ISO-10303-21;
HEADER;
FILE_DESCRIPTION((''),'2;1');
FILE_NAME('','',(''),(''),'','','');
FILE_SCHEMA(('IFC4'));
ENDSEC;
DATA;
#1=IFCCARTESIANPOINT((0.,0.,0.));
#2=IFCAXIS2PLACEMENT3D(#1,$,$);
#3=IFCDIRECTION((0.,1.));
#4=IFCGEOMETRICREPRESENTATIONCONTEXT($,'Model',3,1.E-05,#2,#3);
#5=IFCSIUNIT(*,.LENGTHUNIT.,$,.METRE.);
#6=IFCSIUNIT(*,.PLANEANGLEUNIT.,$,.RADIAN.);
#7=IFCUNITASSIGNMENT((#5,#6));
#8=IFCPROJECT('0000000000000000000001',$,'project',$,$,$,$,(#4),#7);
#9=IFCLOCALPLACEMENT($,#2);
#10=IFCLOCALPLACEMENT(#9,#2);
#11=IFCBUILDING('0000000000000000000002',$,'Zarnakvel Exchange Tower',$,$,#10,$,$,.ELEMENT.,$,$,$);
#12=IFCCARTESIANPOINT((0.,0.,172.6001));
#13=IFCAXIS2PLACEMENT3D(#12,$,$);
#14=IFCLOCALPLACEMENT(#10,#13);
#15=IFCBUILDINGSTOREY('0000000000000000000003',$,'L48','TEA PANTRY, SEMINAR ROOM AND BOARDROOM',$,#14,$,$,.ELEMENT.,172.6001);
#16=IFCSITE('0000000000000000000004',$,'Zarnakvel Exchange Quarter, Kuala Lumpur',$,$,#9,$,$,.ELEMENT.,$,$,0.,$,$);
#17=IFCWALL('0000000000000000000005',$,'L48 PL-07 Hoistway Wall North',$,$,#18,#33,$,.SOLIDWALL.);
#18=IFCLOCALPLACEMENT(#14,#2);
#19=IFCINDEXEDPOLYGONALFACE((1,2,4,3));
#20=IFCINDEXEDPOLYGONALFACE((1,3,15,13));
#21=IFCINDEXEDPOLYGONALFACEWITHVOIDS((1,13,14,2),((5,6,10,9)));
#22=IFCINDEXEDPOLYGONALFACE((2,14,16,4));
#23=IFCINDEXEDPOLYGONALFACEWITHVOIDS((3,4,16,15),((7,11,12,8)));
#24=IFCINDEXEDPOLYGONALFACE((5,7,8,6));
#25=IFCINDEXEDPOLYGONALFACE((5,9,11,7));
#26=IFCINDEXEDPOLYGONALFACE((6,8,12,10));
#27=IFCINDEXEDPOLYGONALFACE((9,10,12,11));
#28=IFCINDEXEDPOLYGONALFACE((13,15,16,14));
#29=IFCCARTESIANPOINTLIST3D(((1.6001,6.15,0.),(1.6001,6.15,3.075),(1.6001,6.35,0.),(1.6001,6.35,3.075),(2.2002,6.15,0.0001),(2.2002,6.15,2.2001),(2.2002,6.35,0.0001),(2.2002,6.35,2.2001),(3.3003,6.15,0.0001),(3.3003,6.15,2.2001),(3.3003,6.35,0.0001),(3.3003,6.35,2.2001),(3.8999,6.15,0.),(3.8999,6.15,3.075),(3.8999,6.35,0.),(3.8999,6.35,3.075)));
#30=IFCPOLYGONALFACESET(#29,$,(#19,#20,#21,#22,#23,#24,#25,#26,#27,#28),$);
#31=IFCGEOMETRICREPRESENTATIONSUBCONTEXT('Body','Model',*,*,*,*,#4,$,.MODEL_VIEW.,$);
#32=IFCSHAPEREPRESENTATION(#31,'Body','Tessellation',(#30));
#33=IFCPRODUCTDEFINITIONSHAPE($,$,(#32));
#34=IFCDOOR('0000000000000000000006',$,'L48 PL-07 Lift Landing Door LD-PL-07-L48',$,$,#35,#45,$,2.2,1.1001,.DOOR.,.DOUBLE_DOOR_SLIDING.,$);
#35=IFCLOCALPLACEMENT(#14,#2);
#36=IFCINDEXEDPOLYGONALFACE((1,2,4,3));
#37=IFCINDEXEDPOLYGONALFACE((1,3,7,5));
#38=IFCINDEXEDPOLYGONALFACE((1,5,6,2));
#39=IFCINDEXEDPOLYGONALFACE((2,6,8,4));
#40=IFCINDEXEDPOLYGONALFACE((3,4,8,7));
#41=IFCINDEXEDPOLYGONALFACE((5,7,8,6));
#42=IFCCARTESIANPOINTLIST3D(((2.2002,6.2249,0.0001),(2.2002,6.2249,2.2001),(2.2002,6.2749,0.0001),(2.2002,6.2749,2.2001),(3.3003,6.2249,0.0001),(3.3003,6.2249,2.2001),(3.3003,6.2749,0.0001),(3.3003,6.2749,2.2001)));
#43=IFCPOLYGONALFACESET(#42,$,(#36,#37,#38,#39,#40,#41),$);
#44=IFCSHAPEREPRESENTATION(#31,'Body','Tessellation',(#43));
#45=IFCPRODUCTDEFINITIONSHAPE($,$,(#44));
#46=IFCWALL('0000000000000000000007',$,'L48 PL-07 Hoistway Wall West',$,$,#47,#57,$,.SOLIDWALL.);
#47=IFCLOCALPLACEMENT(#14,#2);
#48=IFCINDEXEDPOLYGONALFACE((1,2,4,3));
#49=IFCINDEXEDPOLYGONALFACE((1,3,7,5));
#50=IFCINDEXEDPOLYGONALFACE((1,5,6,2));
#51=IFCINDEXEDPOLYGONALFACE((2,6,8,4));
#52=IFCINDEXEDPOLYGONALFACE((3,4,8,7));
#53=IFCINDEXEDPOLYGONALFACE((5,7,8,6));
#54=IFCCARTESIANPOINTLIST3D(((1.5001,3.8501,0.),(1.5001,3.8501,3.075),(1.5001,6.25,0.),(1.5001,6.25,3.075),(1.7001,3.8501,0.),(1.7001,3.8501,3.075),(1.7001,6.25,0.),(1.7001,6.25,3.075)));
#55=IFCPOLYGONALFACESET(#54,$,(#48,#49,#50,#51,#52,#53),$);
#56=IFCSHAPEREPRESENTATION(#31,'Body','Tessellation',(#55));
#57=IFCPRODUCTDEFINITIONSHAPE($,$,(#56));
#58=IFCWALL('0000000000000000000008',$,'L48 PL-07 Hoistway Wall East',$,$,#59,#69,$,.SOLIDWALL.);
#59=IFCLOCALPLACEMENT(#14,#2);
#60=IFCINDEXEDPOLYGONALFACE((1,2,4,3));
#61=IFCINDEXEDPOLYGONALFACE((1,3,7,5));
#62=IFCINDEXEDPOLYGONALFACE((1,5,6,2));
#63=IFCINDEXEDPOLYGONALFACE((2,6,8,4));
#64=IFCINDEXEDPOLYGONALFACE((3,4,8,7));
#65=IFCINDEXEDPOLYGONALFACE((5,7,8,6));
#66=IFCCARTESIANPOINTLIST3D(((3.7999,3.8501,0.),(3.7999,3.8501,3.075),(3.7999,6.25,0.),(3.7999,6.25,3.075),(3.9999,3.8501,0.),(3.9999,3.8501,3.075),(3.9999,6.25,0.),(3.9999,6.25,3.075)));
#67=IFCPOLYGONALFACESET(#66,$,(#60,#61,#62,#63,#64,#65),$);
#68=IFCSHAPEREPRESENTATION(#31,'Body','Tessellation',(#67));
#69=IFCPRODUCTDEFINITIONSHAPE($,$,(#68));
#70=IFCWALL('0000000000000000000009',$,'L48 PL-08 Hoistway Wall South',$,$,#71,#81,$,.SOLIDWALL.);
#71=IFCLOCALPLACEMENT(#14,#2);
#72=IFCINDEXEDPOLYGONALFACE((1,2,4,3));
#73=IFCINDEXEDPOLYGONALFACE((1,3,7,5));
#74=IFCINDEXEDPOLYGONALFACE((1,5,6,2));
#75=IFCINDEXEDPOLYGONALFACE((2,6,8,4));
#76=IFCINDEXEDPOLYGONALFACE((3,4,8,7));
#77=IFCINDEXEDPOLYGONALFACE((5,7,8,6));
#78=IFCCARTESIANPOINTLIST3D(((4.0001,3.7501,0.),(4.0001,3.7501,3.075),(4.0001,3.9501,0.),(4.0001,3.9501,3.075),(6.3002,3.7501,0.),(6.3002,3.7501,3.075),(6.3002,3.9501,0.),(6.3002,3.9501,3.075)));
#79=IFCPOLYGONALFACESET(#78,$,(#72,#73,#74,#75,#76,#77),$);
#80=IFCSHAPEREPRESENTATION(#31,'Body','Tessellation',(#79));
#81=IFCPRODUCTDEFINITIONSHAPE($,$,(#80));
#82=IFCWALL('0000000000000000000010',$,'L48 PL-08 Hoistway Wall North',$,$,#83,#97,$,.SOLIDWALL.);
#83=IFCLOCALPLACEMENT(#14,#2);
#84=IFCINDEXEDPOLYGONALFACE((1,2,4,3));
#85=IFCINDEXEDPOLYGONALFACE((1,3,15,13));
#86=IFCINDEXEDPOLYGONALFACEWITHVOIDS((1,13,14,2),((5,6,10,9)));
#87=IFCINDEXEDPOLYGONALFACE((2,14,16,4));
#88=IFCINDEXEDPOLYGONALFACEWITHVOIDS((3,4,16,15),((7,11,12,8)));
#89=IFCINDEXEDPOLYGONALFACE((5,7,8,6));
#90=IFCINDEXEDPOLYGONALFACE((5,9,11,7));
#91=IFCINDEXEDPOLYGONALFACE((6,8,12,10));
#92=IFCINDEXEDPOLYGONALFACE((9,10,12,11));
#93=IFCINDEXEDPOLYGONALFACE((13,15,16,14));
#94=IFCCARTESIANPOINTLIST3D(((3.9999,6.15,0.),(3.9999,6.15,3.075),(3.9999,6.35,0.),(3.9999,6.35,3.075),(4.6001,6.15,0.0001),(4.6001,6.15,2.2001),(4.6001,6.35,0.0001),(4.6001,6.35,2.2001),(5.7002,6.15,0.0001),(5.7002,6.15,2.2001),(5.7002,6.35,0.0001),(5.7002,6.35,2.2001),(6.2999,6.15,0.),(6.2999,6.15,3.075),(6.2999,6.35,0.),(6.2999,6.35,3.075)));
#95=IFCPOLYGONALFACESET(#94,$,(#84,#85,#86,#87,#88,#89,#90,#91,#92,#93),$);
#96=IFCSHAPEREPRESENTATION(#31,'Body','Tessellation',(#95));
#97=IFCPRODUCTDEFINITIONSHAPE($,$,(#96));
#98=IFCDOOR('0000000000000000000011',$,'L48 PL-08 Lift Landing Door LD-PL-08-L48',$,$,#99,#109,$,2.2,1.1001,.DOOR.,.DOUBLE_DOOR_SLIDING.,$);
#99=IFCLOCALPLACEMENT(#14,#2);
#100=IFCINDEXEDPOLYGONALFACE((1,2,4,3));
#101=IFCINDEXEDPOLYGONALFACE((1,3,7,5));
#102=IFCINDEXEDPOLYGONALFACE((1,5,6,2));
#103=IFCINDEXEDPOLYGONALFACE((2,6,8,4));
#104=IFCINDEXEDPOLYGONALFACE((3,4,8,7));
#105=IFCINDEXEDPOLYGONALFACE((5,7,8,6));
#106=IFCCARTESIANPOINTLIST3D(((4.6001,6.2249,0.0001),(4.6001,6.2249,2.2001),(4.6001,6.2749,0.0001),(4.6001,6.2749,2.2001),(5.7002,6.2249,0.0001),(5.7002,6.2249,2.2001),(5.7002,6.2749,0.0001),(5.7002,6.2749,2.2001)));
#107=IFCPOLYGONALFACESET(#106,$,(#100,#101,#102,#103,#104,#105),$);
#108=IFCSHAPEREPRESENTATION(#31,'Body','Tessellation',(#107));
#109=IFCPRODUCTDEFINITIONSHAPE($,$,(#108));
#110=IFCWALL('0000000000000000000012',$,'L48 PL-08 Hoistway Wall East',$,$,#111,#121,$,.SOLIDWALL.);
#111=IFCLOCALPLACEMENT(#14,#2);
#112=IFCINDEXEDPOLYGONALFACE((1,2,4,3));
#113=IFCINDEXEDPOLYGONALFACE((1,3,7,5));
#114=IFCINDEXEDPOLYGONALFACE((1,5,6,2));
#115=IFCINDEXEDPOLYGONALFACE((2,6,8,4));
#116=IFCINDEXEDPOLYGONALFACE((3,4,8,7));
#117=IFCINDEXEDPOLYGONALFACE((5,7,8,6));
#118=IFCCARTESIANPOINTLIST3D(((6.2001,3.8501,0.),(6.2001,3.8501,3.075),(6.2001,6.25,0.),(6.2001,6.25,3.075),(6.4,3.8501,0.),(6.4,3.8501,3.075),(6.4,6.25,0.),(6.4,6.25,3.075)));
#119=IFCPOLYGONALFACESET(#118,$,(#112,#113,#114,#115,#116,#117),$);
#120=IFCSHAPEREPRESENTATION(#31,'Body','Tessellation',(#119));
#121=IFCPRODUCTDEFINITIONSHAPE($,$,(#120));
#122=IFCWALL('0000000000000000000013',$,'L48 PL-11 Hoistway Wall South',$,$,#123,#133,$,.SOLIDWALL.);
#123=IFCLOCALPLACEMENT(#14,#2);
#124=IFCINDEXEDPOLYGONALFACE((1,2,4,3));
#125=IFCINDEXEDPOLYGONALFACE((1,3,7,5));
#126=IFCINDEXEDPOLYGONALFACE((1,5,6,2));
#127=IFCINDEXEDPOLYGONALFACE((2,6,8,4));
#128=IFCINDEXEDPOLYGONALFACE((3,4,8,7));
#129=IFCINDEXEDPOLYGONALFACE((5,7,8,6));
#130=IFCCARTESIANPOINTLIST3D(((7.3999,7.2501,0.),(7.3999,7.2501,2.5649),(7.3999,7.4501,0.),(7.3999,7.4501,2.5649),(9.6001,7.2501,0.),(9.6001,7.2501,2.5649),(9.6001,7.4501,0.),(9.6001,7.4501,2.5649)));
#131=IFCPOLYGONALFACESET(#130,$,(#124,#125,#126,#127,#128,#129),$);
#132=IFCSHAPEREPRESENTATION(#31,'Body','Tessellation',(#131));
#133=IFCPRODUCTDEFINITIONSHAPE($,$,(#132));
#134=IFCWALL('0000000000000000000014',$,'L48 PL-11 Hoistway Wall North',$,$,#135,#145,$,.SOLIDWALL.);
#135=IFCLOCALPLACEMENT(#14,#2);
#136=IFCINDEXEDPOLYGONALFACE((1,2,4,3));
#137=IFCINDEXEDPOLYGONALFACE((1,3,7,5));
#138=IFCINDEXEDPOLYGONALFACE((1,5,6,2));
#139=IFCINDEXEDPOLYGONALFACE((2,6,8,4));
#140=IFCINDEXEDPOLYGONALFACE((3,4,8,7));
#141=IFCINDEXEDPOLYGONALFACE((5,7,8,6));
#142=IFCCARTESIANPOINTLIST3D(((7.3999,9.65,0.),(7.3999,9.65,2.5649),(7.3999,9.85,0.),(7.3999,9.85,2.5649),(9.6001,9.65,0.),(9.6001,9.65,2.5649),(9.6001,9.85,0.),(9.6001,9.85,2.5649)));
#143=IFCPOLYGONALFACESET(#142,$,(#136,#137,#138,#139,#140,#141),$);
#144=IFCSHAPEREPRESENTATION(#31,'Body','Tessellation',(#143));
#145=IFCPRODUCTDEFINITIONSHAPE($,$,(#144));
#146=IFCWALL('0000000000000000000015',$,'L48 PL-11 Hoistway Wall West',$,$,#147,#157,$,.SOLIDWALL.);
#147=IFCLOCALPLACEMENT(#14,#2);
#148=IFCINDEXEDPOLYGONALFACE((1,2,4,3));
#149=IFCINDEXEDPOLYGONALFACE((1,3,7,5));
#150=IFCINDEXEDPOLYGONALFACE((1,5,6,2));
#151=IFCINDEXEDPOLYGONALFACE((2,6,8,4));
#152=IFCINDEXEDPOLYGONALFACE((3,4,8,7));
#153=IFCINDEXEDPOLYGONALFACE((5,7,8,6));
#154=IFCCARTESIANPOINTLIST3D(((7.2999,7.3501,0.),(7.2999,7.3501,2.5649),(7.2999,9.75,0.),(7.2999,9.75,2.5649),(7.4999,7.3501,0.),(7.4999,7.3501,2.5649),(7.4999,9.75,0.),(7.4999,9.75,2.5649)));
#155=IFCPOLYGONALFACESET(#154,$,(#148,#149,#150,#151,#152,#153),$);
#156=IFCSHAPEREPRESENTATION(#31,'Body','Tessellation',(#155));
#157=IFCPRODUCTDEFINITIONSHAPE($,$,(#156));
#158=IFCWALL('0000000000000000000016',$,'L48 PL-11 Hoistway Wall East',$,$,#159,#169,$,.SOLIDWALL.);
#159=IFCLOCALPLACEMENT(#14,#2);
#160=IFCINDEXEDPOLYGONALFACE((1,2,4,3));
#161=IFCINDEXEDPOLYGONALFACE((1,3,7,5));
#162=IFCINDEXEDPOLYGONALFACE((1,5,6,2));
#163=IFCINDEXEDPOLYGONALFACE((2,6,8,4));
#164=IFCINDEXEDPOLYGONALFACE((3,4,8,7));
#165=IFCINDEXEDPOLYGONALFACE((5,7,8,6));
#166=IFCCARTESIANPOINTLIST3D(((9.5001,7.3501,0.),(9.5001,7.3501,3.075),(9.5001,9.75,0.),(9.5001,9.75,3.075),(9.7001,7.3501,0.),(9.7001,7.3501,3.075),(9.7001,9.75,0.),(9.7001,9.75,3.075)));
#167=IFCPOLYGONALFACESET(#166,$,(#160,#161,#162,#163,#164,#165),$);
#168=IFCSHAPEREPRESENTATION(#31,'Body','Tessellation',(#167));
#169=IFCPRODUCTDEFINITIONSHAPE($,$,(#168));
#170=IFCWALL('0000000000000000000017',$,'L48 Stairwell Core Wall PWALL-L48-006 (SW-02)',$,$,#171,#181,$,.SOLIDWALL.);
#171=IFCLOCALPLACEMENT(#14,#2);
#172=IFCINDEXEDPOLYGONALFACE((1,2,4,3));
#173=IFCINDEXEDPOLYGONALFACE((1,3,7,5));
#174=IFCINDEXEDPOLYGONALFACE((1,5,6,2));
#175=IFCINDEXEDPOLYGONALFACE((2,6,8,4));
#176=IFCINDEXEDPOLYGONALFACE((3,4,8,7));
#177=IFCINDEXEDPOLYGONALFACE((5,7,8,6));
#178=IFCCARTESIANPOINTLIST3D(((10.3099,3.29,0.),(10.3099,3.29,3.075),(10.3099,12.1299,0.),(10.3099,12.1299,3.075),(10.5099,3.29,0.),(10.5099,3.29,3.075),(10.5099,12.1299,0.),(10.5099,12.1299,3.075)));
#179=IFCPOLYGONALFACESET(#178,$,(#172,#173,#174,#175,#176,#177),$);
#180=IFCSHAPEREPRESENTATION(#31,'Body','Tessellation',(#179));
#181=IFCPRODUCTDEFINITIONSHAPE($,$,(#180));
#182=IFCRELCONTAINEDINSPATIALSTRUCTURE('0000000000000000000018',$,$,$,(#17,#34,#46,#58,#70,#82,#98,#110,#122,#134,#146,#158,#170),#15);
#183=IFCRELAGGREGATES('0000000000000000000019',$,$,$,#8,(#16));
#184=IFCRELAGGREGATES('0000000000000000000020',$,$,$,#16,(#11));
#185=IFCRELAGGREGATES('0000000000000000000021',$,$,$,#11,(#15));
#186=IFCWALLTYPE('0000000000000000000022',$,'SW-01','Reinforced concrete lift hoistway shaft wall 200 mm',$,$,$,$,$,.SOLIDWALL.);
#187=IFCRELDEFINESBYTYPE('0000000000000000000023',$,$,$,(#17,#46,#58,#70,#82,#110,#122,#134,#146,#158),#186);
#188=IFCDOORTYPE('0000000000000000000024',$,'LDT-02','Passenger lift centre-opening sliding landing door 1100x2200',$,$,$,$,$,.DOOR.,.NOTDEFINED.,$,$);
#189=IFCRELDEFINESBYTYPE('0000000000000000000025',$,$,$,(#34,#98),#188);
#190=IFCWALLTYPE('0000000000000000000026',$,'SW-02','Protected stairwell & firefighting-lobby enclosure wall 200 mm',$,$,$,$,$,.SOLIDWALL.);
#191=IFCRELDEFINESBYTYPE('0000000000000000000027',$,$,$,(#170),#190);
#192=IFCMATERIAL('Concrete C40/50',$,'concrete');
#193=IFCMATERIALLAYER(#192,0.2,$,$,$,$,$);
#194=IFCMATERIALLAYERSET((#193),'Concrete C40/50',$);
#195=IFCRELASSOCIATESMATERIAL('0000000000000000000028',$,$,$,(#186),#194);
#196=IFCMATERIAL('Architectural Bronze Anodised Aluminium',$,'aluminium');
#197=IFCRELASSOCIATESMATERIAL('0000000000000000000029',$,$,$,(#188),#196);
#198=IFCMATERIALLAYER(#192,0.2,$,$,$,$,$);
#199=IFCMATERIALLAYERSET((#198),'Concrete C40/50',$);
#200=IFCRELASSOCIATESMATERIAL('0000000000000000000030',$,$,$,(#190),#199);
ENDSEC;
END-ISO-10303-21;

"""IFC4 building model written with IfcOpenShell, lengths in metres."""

from ifc_helpers import new_model, si_unit, direction, frame, frame_2d, origin, place, context, subcontext, project, spatial, rectangle, extrude, source, transform, mapped, material, layer, layer_set, type_object, element, fill, save


model = new_model("IFC4")

# Units and contexts
model_context = context("Model", 3, precision=1e-05, world=origin(), true_north=direction((0.0, 1.0)))
body_context = subcontext(model_context, "Body", "Model", "MODEL_VIEW")
ifc_project = project(units=[si_unit("LENGTHUNIT", "METRE"), si_unit("PLANEANGLEUNIT", "RADIAN")], contexts=[model_context])

# Site, building, storey
site_placement = place(None, origin())
site = spatial("IfcSite", under=ifc_project, at=site_placement, Name="Zarnakvel Exchange Quarter, Kuala Lumpur", CompositionType="ELEMENT", RefElevation=0.0)
building_placement = place(site_placement, origin())
building = spatial("IfcBuilding", under=site, at=building_placement, Name="Zarnakvel Exchange Tower", CompositionType="ELEMENT")
storey_placement = place(building_placement, frame((0.0, 0.0, 172.6001)))
storey = spatial("IfcBuildingStorey", under=building, at=storey_placement, Name="L48", Description="TEA PANTRY, SEMINAR ROOM AND BOARDROOM", CompositionType="ELEMENT", Elevation=172.6001)

# Shared definitions
ifc_material_1 = material(Name="Concrete C40/50", Category="concrete")
ifc_layer_1 = layer(ifc_material_1, 0.2)
ifc_layer_set_1 = layer_set([ifc_layer_1], Name="Concrete C40/50")
wall_type_1 = type_object("IfcWallType", Name="SW-01", Description="Reinforced concrete lift hoistway shaft wall 200 mm", PredefinedType="SOLIDWALL", material=ifc_layer_set_1)
shared_shape_1 = source(origin(), body_context, "Body", "SweptSolid", [
    extrude(rectangle(XDim=1.1001, YDim=2.2, at=frame_2d((0.55, 1.1001))), frame((0.0, 0.0249, 0.0), z_axis=(0.0, -1.0, 0.0), x_axis=(1.0, 0.0, 0.0)), (0.0, 0.0, 1.0), 0.05),
])

# Wall, opening, door
wall_1_placement = place(storey_placement, frame((1.6001, 6.25, 0.0), z_axis=(0.0, 0.0, 1.0), x_axis=(1.0, 0.0, 0.0)))
wall_1 = element("IfcWall", 1, at=wall_1_placement, inside=storey, type_object=wall_type_1, Name="L48 PL-07 Hoistway Wall North", PredefinedType="SOLIDWALL", context=body_context, shape_type="SweptSolid", body=[
    extrude(rectangle(XDim=2.2998, YDim=0.2, at=frame_2d((1.1499, 0.0))), origin(), (0.0, 0.0, 1.0), 3.075),
])
opening_1_placement = place(wall_1_placement, frame((0.6001, 0.0, 0.0)))
opening_1 = element("IfcOpeningElement", 2, at=opening_1_placement, cuts=wall_1, PredefinedType="OPENING", context=body_context, shape_type="SweptSolid", body=[
    extrude(rectangle(XDim=1.1001, YDim=2.2, at=frame_2d((0.55, 1.1001))), frame((0.0, 0.1099, 0.0), z_axis=(0.0, -1.0, 0.0), x_axis=(1.0, 0.0, 0.0)), (0.0, 0.0, 1.0), 0.22),
])
ifc_material_2 = material(Name="Architectural Bronze Anodised Aluminium", Category="aluminium")
door_type_1 = type_object("IfcDoorType", Name="LDT-02", Description="Passenger lift centre-opening sliding landing door 1100x2200", OperationType="NOTDEFINED", PredefinedType="DOOR", material=ifc_material_2)
door_1_placement = place(opening_1_placement, origin())
door_1 = element("IfcDoor", 3, at=door_1_placement, inside=storey, type_object=door_type_1, Name="L48 PL-07 Lift Landing Door LD-PL-07-L48", OperationType="DOUBLE_DOOR_SLIDING", OverallHeight=2.2, OverallWidth=1.1001, PredefinedType="DOOR", context=body_context, shape_type="MappedRepresentation", body=[
    mapped(shared_shape_1, transform((0.0, 0.0, 0.0), x_axis=(1.0, 0.0, 0.0), y_axis=(0.0, 1.0, 0.0), z_axis=(0.0, 0.0, 1.0), scale=1.0)),
])
fill(opening_1, door_1)

# Walls
for number, where, z_axis, x_axis, name in (
    (4, (1.6001, 3.8501, 0.0), (0.0, 0.0, 1.0), (0.0, 1.0, 0.0), "L48 PL-07 Hoistway Wall West"),
    (5, (3.8999, 6.25, 0.0), (0.0, 0.0, 1.0), (0.0, -1.0, 0.0), "L48 PL-07 Hoistway Wall East"),
):
    element("IfcWall", number, at=place(storey_placement, frame(where, z_axis=z_axis, x_axis=x_axis)), inside=storey, type_object=wall_type_1, Name=name, PredefinedType="SOLIDWALL", context=body_context, shape_type="SweptSolid", body=[
        extrude(rectangle(XDim=2.3999, YDim=0.2, at=frame_2d((1.2, 0.0))), origin(), (0.0, 0.0, 1.0), 3.075),
    ])
wall_2_placement = place(storey_placement, frame((6.3, 3.8501, 0.0), z_axis=(0.0, 0.0, 1.0), x_axis=(-1.0, 0.0, 0.0)))
element("IfcWall", 6, at=wall_2_placement, inside=storey, type_object=wall_type_1, Name="L48 PL-08 Hoistway Wall South", PredefinedType="SOLIDWALL", context=body_context, shape_type="SweptSolid", body=[
    extrude(rectangle(XDim=2.3, YDim=0.2, at=frame_2d((1.1499, 0.0))), origin(), (0.0, 0.0, 1.0), 3.075),
])

# Wall, opening, door
wall_3_placement = place(storey_placement, frame((4.0, 6.25, 0.0), z_axis=(0.0, 0.0, 1.0), x_axis=(1.0, 0.0, 0.0)))
wall_3 = element("IfcWall", 7, at=wall_3_placement, inside=storey, type_object=wall_type_1, Name="L48 PL-08 Hoistway Wall North", PredefinedType="SOLIDWALL", context=body_context, shape_type="SweptSolid", body=[
    extrude(rectangle(XDim=2.3, YDim=0.2, at=frame_2d((1.1499, 0.0))), origin(), (0.0, 0.0, 1.0), 3.075),
])
opening_2_placement = place(wall_3_placement, frame((0.6001, 0.0, 0.0)))
opening_2 = element("IfcOpeningElement", 8, at=opening_2_placement, cuts=wall_3, PredefinedType="OPENING", context=body_context, shape_type="SweptSolid", body=[
    extrude(rectangle(XDim=1.1001, YDim=2.2, at=frame_2d((0.55, 1.1001))), frame((0.0, 0.1099, 0.0), z_axis=(0.0, -1.0, 0.0), x_axis=(1.0, 0.0, 0.0)), (0.0, 0.0, 1.0), 0.22),
])
door_2_placement = place(opening_2_placement, origin())
door_2 = element("IfcDoor", 9, at=door_2_placement, inside=storey, type_object=door_type_1, Name="L48 PL-08 Lift Landing Door LD-PL-08-L48", OperationType="DOUBLE_DOOR_SLIDING", OverallHeight=2.2, OverallWidth=1.1001, PredefinedType="DOOR", context=body_context, shape_type="MappedRepresentation", body=[
    mapped(shared_shape_1, transform((0.0, 0.0, 0.0), x_axis=(1.0, 0.0, 0.0), y_axis=(0.0, 1.0, 0.0), z_axis=(0.0, 0.0, 1.0), scale=1.0)),
])
fill(opening_2, door_2)

# Walls
wall_4_placement = place(storey_placement, frame((6.3, 6.25, 0.0), z_axis=(0.0, 0.0, 1.0), x_axis=(0.0, -1.0, 0.0)))
element("IfcWall", 10, at=wall_4_placement, inside=storey, type_object=wall_type_1, Name="L48 PL-08 Hoistway Wall East", PredefinedType="SOLIDWALL", context=body_context, shape_type="SweptSolid", body=[
    extrude(rectangle(XDim=2.3999, YDim=0.2, at=frame_2d((1.2, 0.0))), origin(), (0.0, 0.0, 1.0), 3.075),
])
for number, where, z_axis, x_axis, name in (
    (11, (9.6001, 7.3501, 0.0), (0.0, 0.0, 1.0), (-1.0, 0.0, 0.0), "L48 PL-11 Hoistway Wall South"),
    (12, (7.3999, 9.75, 0.0), (0.0, 0.0, 1.0), (1.0, 0.0, 0.0), "L48 PL-11 Hoistway Wall North"),
):
    element("IfcWall", number, at=place(storey_placement, frame(where, z_axis=z_axis, x_axis=x_axis)), inside=storey, type_object=wall_type_1, Name=name, PredefinedType="SOLIDWALL", context=body_context, shape_type="SweptSolid", body=[
        extrude(rectangle(XDim=2.2002, YDim=0.2, at=frame_2d((1.1001, 0.0))), origin(), (0.0, 0.0, 1.0), 2.5649),
    ])
wall_5_placement = place(storey_placement, frame((7.3999, 7.3501, 0.0), z_axis=(0.0, 0.0, 1.0), x_axis=(0.0, 1.0, 0.0)))
element("IfcWall", 13, at=wall_5_placement, inside=storey, type_object=wall_type_1, Name="L48 PL-11 Hoistway Wall West", PredefinedType="SOLIDWALL", context=body_context, shape_type="SweptSolid", body=[
    extrude(rectangle(XDim=2.3999, YDim=0.2, at=frame_2d((1.2, 0.0))), origin(), (0.0, 0.0, 1.0), 2.5649),
])
wall_6_placement = place(storey_placement, frame((9.6001, 9.75, 0.0), z_axis=(0.0, 0.0, 1.0), x_axis=(0.0, -1.0, 0.0)))
element("IfcWall", 14, at=wall_6_placement, inside=storey, type_object=wall_type_1, Name="L48 PL-11 Hoistway Wall East", PredefinedType="SOLIDWALL", context=body_context, shape_type="SweptSolid", body=[
    extrude(rectangle(XDim=2.3999, YDim=0.2, at=frame_2d((1.2, 0.0))), origin(), (0.0, 0.0, 1.0), 3.075),
])
ifc_layer_2 = layer(ifc_material_1, 0.2)
ifc_layer_set_2 = layer_set([ifc_layer_2], Name="Concrete C40/50")
wall_type_2 = type_object("IfcWallType", Name="SW-02", Description="Protected stairwell & firefighting-lobby enclosure wall 200 mm", PredefinedType="SOLIDWALL", material=ifc_layer_set_2)
wall_7_placement = place(storey_placement, frame((10.4099, 3.29, 0.0), z_axis=(0.0, 0.0, 1.0), x_axis=(0.0, 1.0, 0.0)))
element("IfcWall", 15, at=wall_7_placement, inside=storey, type_object=wall_type_2, Name="L48 Stairwell Core Wall PWALL-L48-006 (SW-02)", PredefinedType="SOLIDWALL", context=body_context, shape_type="SweptSolid", body=[
    extrude(rectangle(XDim=8.8398, YDim=0.2, at=frame_2d((4.4199, 0.0))), origin(), (0.0, 0.0, 1.0), 3.075),
])

save(model, "model.ifc")
